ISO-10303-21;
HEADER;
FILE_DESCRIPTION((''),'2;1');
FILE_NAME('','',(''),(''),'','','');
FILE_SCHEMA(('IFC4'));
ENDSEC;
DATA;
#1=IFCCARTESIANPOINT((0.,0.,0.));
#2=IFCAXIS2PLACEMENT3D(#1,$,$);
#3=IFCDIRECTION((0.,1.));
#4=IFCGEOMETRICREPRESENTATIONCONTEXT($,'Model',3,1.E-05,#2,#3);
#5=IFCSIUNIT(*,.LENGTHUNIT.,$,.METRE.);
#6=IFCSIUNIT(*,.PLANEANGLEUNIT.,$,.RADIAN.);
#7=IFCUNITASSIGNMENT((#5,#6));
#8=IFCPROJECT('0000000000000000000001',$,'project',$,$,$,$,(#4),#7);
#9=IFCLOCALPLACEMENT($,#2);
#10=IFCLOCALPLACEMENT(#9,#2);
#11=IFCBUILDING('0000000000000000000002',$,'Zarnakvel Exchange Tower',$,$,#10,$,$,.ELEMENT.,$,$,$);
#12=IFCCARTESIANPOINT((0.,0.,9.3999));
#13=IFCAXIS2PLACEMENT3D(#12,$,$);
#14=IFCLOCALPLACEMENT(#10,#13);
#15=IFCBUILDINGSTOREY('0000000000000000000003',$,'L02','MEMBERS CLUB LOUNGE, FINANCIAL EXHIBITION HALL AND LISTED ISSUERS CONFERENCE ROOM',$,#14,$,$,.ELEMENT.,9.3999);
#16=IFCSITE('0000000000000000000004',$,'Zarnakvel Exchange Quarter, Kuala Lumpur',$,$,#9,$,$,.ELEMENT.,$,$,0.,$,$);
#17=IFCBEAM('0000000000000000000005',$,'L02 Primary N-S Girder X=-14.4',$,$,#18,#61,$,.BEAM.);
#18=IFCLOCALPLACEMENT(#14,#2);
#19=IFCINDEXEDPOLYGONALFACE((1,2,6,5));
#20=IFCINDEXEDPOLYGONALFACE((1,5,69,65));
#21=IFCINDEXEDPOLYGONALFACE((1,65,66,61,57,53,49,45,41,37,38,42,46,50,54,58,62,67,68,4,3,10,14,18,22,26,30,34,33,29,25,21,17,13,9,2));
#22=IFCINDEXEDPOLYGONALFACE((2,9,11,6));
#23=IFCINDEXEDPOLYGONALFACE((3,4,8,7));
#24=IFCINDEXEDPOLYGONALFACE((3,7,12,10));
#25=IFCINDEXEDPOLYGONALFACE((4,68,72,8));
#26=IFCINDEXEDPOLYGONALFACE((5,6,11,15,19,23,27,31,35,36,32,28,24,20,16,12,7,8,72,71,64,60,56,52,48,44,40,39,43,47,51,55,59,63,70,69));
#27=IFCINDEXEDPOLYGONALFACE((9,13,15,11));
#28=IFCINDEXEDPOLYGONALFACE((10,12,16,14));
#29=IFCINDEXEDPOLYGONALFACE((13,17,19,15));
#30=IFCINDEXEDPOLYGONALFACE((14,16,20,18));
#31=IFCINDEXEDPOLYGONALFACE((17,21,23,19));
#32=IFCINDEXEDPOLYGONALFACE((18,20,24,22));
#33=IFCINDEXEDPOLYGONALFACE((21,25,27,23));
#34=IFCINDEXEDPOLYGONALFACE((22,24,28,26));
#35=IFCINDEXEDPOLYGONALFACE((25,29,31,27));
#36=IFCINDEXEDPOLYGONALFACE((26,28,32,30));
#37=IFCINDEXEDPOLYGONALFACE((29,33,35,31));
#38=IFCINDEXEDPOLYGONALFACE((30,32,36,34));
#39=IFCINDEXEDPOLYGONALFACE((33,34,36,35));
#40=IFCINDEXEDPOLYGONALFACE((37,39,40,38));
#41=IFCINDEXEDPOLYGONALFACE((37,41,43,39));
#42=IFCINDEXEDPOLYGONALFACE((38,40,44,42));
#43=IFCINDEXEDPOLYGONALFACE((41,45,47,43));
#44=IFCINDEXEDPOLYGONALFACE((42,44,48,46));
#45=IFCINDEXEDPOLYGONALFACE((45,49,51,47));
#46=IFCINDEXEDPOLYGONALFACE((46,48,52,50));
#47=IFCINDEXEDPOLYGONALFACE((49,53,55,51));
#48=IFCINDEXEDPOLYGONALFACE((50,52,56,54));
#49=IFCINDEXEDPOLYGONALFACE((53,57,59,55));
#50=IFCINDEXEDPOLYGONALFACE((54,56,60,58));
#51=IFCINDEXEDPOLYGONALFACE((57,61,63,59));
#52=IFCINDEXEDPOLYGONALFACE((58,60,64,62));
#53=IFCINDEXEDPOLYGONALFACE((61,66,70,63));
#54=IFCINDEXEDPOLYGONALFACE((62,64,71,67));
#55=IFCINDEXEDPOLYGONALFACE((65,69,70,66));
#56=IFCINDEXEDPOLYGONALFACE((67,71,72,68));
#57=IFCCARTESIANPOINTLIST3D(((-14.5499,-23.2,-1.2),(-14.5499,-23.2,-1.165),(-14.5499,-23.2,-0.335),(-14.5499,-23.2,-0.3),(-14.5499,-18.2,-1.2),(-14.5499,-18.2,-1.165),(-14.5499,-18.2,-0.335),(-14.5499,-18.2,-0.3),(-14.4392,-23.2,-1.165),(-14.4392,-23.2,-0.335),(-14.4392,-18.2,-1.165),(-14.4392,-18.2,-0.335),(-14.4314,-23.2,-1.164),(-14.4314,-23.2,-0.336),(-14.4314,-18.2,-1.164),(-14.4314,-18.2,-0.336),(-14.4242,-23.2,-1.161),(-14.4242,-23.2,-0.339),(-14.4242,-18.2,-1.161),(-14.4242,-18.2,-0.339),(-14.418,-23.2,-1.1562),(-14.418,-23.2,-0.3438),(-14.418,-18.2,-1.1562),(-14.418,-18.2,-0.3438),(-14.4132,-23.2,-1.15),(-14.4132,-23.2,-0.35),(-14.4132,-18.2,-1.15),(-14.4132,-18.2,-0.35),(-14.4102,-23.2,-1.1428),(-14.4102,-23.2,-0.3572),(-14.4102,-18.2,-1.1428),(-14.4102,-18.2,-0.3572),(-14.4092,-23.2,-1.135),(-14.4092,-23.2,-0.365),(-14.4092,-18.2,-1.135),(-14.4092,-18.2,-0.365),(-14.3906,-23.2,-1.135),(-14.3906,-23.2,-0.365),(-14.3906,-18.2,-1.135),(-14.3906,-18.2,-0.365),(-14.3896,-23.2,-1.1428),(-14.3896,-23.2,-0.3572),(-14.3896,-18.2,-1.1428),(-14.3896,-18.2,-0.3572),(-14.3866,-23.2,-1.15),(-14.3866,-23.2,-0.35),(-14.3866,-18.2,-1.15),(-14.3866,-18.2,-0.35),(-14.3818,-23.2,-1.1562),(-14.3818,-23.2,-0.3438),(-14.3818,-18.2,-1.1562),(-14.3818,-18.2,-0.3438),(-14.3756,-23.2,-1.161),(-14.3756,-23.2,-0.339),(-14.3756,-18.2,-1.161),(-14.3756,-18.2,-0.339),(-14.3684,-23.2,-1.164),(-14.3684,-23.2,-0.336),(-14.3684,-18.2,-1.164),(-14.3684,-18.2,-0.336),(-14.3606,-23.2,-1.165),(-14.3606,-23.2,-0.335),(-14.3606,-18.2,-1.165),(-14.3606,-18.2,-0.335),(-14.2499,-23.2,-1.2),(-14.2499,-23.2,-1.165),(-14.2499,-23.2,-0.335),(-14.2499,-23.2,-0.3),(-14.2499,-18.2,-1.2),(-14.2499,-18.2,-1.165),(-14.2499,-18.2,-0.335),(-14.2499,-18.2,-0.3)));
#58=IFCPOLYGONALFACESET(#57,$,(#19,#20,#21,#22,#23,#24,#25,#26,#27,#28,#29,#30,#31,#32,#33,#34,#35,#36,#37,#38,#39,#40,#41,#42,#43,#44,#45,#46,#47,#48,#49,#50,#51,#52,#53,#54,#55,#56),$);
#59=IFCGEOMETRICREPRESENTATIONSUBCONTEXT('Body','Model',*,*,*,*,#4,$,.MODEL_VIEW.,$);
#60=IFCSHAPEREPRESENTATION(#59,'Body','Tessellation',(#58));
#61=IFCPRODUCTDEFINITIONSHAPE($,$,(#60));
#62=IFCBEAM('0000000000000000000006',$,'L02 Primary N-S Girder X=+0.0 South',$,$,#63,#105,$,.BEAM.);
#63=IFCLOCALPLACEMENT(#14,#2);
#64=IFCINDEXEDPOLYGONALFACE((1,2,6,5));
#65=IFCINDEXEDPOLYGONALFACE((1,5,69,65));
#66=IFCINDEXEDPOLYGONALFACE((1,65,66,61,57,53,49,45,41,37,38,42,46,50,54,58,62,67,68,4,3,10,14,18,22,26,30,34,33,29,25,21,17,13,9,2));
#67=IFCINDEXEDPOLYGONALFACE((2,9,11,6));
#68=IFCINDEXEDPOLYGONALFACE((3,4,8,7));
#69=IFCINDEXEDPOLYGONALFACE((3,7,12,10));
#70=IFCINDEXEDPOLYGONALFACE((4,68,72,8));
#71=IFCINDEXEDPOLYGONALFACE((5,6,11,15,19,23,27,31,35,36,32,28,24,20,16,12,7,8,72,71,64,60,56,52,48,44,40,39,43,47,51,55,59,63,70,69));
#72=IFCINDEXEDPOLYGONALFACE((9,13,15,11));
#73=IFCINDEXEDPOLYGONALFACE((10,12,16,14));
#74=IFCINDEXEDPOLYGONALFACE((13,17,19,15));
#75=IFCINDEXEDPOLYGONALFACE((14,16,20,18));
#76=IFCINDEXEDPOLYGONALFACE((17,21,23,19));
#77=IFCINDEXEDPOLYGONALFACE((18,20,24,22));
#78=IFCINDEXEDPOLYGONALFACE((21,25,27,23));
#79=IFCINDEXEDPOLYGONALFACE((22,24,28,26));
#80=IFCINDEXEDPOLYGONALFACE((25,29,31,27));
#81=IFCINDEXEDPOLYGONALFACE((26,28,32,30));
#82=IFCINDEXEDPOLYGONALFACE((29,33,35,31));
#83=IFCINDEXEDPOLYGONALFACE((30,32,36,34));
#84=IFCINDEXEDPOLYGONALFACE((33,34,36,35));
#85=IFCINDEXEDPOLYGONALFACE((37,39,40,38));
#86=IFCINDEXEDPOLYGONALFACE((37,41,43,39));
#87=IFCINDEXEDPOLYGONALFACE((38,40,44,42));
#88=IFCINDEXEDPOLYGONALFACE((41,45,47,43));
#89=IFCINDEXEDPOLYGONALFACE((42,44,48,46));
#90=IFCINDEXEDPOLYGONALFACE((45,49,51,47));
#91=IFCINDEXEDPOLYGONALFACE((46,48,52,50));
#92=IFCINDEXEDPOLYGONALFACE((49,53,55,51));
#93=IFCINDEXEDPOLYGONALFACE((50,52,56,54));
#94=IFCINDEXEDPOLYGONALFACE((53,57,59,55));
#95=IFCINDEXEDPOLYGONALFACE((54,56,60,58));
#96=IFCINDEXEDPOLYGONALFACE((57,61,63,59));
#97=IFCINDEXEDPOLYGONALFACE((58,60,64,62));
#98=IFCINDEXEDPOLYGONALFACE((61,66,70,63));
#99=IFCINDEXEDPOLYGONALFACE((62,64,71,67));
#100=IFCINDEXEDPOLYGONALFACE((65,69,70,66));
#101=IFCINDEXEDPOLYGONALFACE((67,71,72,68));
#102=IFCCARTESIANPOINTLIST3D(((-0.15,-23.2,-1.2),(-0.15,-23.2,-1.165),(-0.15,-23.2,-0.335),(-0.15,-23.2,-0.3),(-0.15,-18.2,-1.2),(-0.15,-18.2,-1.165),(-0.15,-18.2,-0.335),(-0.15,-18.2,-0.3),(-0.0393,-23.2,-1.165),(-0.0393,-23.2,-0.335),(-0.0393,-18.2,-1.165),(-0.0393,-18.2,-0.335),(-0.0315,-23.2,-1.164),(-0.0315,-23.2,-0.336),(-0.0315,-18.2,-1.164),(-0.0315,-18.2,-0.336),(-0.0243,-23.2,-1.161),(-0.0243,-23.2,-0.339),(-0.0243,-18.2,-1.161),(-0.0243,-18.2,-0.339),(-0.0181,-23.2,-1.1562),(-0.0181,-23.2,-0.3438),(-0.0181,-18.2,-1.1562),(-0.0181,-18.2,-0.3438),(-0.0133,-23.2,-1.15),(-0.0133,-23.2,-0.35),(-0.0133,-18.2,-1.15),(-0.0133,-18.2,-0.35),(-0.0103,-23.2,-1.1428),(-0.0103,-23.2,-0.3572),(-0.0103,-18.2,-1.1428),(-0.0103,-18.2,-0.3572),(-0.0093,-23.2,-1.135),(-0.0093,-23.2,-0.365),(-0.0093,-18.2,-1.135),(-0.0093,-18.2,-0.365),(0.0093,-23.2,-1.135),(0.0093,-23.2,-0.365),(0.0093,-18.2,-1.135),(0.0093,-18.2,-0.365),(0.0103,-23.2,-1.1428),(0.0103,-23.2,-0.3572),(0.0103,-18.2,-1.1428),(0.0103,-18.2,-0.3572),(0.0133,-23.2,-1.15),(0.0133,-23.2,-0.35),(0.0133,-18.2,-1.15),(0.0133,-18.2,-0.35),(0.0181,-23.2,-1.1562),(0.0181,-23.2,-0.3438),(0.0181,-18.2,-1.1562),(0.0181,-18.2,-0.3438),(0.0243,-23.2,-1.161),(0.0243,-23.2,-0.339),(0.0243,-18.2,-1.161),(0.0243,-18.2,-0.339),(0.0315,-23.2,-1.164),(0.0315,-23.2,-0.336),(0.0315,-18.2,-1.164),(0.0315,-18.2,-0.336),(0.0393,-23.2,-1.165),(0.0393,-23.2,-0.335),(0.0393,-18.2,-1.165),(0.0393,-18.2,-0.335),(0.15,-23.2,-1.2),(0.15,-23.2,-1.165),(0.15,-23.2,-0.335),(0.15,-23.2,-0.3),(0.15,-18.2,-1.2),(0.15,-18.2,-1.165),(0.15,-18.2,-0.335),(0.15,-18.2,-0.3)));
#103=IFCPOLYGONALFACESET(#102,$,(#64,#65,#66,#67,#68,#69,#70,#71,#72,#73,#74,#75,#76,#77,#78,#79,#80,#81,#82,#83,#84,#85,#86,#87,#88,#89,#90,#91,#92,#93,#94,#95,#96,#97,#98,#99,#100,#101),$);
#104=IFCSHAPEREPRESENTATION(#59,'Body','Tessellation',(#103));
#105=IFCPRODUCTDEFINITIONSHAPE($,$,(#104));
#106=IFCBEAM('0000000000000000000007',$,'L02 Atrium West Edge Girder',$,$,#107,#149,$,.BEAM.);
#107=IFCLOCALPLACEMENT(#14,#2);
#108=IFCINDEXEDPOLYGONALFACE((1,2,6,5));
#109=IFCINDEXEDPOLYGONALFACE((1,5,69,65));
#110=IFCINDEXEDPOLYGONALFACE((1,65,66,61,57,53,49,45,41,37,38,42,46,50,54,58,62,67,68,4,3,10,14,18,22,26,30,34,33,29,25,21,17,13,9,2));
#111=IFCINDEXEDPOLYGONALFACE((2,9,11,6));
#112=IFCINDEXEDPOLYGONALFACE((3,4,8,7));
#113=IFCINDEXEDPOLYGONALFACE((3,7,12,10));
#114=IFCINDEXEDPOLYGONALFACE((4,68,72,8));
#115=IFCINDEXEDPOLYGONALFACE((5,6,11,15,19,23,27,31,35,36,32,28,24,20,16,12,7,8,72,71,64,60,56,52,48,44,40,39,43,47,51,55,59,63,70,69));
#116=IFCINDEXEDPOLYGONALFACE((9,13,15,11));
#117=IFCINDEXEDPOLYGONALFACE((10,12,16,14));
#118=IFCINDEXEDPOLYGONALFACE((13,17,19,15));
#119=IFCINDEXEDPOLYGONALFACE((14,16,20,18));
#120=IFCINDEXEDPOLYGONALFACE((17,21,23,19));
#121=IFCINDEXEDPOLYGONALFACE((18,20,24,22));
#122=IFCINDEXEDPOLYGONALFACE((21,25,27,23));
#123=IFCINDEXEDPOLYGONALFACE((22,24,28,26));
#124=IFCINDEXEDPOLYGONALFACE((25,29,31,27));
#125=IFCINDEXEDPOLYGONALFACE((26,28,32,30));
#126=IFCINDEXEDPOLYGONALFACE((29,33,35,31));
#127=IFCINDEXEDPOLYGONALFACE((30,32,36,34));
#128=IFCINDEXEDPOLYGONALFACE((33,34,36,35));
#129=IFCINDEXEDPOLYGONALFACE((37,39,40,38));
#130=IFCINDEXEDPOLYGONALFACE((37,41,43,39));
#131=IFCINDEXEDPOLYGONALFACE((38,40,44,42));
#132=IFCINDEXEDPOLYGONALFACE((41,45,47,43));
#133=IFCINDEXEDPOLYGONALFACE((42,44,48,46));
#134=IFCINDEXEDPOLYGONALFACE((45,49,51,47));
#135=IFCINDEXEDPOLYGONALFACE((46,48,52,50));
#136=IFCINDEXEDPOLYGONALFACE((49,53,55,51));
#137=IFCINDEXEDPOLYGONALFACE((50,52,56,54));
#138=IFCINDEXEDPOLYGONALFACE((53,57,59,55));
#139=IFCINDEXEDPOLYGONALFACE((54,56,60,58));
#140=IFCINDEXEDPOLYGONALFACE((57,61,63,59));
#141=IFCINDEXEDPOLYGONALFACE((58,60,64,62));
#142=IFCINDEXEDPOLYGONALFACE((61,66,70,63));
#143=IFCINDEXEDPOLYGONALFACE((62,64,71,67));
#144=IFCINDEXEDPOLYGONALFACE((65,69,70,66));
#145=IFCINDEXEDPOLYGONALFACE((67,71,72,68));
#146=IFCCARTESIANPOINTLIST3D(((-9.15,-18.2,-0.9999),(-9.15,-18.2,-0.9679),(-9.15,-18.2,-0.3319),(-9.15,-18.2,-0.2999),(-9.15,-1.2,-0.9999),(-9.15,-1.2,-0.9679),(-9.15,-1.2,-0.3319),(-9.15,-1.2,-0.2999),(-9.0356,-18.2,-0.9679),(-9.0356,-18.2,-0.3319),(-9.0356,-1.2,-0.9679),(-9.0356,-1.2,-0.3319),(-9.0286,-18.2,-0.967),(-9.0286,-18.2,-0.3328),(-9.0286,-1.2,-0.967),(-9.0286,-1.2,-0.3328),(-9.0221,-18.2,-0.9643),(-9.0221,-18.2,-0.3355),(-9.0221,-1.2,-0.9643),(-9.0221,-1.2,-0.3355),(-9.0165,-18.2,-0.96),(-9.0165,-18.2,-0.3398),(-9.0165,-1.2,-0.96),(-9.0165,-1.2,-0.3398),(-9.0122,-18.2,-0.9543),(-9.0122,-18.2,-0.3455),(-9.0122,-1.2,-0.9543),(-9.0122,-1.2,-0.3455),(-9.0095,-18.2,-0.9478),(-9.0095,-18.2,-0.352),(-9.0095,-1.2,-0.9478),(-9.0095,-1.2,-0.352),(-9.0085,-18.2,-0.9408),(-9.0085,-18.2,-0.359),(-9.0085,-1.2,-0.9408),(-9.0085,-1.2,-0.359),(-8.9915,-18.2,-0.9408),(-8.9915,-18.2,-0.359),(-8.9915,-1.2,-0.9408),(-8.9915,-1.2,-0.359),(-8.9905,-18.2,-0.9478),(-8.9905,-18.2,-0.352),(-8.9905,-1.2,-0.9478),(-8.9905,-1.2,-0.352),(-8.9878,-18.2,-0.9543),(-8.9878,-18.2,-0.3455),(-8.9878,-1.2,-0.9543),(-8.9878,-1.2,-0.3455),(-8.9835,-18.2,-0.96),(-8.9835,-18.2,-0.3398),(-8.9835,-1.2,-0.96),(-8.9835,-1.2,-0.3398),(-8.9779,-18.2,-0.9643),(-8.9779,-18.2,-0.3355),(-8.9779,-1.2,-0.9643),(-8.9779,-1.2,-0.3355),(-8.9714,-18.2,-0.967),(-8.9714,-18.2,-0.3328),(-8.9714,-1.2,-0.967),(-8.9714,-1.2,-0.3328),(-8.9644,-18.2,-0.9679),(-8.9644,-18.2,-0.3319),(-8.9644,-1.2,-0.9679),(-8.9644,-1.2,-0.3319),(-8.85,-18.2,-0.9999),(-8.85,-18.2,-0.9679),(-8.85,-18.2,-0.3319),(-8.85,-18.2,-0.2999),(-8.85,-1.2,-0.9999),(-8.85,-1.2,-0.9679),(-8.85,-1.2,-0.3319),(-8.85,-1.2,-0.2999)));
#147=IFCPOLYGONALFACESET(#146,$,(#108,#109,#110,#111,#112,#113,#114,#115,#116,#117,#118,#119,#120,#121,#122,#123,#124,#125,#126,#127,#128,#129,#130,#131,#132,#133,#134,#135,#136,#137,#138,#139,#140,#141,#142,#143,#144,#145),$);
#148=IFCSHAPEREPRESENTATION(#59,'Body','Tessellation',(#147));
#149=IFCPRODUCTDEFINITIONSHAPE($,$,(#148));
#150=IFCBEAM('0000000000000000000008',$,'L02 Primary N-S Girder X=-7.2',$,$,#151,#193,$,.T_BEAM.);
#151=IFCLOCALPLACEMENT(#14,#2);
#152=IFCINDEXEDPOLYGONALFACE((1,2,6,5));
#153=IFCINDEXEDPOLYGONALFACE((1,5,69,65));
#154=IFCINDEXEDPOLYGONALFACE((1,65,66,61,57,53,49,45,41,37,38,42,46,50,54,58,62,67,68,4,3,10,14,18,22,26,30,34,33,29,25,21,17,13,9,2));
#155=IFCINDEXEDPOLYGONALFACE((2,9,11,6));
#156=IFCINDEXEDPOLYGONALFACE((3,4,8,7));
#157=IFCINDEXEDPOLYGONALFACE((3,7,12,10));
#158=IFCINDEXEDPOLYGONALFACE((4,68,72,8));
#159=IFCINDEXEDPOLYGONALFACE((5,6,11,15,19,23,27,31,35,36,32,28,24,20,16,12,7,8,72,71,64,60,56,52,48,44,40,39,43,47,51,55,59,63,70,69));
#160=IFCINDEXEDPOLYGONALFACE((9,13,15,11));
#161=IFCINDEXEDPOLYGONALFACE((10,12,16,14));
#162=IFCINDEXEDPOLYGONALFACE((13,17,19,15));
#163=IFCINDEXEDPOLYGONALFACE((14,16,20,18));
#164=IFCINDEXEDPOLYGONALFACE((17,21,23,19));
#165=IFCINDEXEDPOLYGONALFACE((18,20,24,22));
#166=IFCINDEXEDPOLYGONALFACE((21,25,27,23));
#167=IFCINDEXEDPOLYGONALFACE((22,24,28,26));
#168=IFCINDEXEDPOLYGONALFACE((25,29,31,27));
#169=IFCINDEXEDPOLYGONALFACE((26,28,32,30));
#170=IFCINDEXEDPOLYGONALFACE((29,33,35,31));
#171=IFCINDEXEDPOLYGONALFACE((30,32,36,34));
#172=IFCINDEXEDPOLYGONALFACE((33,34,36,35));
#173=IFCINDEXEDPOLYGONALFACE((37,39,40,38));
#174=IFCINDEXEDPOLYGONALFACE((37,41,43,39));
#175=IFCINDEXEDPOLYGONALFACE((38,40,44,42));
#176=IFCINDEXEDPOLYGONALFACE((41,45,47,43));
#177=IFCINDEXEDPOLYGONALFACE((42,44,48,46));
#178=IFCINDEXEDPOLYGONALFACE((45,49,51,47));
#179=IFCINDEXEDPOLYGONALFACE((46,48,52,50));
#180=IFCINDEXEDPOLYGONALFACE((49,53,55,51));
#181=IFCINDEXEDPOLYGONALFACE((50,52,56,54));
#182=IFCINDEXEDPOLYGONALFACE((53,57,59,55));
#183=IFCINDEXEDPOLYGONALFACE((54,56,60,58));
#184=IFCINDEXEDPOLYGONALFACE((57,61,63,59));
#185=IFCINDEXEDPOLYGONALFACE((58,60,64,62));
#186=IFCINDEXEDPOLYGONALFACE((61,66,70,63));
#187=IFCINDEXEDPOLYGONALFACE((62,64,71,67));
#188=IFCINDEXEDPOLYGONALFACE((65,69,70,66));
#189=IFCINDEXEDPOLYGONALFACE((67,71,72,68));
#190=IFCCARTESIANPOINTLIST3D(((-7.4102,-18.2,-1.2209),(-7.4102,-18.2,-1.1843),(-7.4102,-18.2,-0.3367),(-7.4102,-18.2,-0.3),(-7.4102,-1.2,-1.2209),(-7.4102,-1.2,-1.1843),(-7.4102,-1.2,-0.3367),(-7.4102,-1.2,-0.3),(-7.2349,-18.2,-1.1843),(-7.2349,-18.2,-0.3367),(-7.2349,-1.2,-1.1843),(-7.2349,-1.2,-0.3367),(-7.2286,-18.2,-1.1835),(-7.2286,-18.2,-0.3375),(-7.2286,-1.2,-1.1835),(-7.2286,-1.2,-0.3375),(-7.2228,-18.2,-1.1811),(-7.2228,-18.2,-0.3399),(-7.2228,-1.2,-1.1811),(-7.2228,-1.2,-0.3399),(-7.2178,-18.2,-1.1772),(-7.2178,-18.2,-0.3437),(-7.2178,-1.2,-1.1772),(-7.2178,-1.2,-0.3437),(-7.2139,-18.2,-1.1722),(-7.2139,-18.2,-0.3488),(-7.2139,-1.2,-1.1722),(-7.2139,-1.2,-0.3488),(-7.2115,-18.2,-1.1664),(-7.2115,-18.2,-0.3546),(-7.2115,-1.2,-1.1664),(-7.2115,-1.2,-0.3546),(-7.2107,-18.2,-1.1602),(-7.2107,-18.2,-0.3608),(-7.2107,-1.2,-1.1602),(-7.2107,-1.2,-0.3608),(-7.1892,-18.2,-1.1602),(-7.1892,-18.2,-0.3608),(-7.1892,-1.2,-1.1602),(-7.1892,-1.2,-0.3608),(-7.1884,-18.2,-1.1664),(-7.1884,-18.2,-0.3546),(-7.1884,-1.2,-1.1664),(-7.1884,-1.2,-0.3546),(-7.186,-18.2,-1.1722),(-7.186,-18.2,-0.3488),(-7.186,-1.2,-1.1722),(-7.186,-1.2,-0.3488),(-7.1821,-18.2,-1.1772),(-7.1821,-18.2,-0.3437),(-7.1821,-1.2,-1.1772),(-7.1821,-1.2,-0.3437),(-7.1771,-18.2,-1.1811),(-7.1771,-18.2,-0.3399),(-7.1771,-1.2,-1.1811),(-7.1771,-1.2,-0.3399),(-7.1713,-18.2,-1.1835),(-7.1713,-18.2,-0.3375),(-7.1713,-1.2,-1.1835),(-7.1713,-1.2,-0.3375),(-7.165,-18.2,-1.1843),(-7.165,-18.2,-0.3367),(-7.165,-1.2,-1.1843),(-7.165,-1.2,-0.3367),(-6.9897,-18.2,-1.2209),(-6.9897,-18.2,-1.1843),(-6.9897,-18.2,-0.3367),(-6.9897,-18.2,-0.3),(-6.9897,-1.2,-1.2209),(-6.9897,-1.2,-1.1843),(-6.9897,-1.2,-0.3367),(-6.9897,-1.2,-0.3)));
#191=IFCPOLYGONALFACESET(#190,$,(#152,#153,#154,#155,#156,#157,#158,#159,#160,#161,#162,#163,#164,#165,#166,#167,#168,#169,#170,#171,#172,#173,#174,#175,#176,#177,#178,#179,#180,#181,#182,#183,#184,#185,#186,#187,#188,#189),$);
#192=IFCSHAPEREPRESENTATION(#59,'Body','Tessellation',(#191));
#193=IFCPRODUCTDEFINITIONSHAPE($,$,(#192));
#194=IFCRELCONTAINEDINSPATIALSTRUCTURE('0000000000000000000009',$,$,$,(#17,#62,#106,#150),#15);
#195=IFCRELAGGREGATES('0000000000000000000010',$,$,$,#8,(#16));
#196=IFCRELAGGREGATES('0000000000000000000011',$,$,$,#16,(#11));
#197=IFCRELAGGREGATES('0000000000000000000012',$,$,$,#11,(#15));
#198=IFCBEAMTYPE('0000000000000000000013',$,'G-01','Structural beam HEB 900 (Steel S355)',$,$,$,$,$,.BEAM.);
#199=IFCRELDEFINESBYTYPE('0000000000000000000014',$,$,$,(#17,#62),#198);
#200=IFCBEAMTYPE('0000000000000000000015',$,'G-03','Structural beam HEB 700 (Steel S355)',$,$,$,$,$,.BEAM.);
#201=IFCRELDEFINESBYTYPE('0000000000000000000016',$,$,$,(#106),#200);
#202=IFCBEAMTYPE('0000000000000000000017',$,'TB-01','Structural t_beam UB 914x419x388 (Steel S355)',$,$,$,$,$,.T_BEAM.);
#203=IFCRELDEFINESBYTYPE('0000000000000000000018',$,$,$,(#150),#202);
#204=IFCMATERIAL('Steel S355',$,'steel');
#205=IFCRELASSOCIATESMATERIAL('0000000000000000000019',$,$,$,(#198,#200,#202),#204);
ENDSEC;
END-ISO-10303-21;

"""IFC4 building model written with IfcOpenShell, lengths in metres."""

from ifc_helpers import new_model, si_unit, direction, frame, origin, origin_2d, place, context, subcontext, project, spatial, i_section, extrude, material, material_profile, profile_set, type_object, element, save


model = new_model("IFC4")

# Units and contexts
model_context = context("Model", 3, precision=1e-05, world=origin(), true_north=direction((0.0, 1.0)))
body_context = subcontext(model_context, "Body", "Model", "MODEL_VIEW")
ifc_project = project(units=[si_unit("LENGTHUNIT", "METRE"), si_unit("PLANEANGLEUNIT", "RADIAN")], contexts=[model_context])

# Site, building, storey
site_placement = place(None, origin())
site = spatial("IfcSite", under=ifc_project, at=site_placement, Name="Zarnakvel Exchange Quarter, Kuala Lumpur", CompositionType="ELEMENT", RefElevation=0.0)
building_placement = place(site_placement, origin())
building = spatial("IfcBuilding", under=site, at=building_placement, Name="Zarnakvel Exchange Tower", CompositionType="ELEMENT")
storey_placement = place(building_placement, frame((0.0, 0.0, 9.3999)))
storey = spatial("IfcBuildingStorey", under=building, at=storey_placement, Name="L02", Description="MEMBERS CLUB LOUNGE, FINANCIAL EXHIBITION HALL AND LISTED ISSUERS CONFERENCE ROOM", CompositionType="ELEMENT", Elevation=9.3999)

# Beams
ifc_material_1 = material(Name="Steel S355", Category="steel")
ifc_material_profile_1 = material_profile(ifc_material_1, i_section(OverallWidth=0.3, OverallDepth=0.8999, WebThickness=0.0186, FlangeThickness=0.0349, FilletRadius=0.03, at=origin_2d()))
ifc_profile_set_1 = profile_set([ifc_material_profile_1], Name="Steel S355")
beam_type_1 = type_object("IfcBeamType", Name="G-01", Description="Structural beam HEB 900 (Steel S355)", PredefinedType="BEAM", material=ifc_profile_set_1)
for number, where, z_axis, x_axis, name in (
    (1, (-14.3999, -23.2, -0.75), (0.0, 1.0, 0.0), (-1.0, 0.0, 0.0), "L02 Primary N-S Girder X=-14.4"),
    (2, (0.0, -23.2, -0.75), (0.0, 1.0, 0.0), (-1.0, 0.0, 0.0), "L02 Primary N-S Girder X=+0.0 South"),
):
    element("IfcBeam", number, at=place(storey_placement, frame(where, z_axis=z_axis, x_axis=x_axis)), inside=storey, type_object=beam_type_1, Name=name, PredefinedType="BEAM", context=body_context, shape_type="SweptSolid", body=[
        extrude(i_section(OverallWidth=0.3, OverallDepth=0.8999, WebThickness=0.0186, FlangeThickness=0.0349, FilletRadius=0.03, at=origin_2d()), origin(), (0.0, 0.0, 1.0), 5.0),
    ])
ifc_material_profile_2 = material_profile(ifc_material_1, i_section(OverallWidth=0.3, OverallDepth=0.7, WebThickness=0.0171, FlangeThickness=0.032, FilletRadius=0.0271, at=origin_2d()))
ifc_profile_set_2 = profile_set([ifc_material_profile_2], Name="Steel S355")
beam_type_2 = type_object("IfcBeamType", Name="G-03", Description="Structural beam HEB 700 (Steel S355)", PredefinedType="BEAM", material=ifc_profile_set_2)
beam_1_placement = place(storey_placement, frame((-9.0, -18.2, -0.6499), z_axis=(0.0, 1.0, 0.0), x_axis=(-1.0, 0.0, 0.0)))
element("IfcBeam", 3, at=beam_1_placement, inside=storey, type_object=beam_type_2, Name="L02 Atrium West Edge Girder", PredefinedType="BEAM", context=body_context, shape_type="SweptSolid", body=[
    extrude(i_section(OverallWidth=0.3, OverallDepth=0.7, WebThickness=0.0171, FlangeThickness=0.032, FilletRadius=0.0271, at=origin_2d()), origin(), (0.0, 0.0, 1.0), 17.0),
])
ifc_material_profile_3 = material_profile(ifc_material_1, i_section(OverallWidth=0.4204, OverallDepth=0.9209, WebThickness=0.0215, FlangeThickness=0.0366, FilletRadius=0.0242, at=origin_2d()))
ifc_profile_set_3 = profile_set([ifc_material_profile_3], Name="Steel S355")
beam_type_3 = type_object("IfcBeamType", Name="TB-01", Description="Structural t_beam UB 914x419x388 (Steel S355)", PredefinedType="T_BEAM", material=ifc_profile_set_3)
beam_2_placement = place(storey_placement, frame((-7.2, -18.2, -0.7605), z_axis=(0.0, 1.0, 0.0), x_axis=(-1.0, 0.0, 0.0)))
element("IfcBeam", 4, at=beam_2_placement, inside=storey, type_object=beam_type_3, Name="L02 Primary N-S Girder X=-7.2", PredefinedType="T_BEAM", context=body_context, shape_type="SweptSolid", body=[
    extrude(i_section(OverallWidth=0.4204, OverallDepth=0.9209, WebThickness=0.0215, FlangeThickness=0.0366, FilletRadius=0.0242, at=origin_2d()), origin(), (0.0, 0.0, 1.0), 17.0),
])

save(model, "model.ifc")
